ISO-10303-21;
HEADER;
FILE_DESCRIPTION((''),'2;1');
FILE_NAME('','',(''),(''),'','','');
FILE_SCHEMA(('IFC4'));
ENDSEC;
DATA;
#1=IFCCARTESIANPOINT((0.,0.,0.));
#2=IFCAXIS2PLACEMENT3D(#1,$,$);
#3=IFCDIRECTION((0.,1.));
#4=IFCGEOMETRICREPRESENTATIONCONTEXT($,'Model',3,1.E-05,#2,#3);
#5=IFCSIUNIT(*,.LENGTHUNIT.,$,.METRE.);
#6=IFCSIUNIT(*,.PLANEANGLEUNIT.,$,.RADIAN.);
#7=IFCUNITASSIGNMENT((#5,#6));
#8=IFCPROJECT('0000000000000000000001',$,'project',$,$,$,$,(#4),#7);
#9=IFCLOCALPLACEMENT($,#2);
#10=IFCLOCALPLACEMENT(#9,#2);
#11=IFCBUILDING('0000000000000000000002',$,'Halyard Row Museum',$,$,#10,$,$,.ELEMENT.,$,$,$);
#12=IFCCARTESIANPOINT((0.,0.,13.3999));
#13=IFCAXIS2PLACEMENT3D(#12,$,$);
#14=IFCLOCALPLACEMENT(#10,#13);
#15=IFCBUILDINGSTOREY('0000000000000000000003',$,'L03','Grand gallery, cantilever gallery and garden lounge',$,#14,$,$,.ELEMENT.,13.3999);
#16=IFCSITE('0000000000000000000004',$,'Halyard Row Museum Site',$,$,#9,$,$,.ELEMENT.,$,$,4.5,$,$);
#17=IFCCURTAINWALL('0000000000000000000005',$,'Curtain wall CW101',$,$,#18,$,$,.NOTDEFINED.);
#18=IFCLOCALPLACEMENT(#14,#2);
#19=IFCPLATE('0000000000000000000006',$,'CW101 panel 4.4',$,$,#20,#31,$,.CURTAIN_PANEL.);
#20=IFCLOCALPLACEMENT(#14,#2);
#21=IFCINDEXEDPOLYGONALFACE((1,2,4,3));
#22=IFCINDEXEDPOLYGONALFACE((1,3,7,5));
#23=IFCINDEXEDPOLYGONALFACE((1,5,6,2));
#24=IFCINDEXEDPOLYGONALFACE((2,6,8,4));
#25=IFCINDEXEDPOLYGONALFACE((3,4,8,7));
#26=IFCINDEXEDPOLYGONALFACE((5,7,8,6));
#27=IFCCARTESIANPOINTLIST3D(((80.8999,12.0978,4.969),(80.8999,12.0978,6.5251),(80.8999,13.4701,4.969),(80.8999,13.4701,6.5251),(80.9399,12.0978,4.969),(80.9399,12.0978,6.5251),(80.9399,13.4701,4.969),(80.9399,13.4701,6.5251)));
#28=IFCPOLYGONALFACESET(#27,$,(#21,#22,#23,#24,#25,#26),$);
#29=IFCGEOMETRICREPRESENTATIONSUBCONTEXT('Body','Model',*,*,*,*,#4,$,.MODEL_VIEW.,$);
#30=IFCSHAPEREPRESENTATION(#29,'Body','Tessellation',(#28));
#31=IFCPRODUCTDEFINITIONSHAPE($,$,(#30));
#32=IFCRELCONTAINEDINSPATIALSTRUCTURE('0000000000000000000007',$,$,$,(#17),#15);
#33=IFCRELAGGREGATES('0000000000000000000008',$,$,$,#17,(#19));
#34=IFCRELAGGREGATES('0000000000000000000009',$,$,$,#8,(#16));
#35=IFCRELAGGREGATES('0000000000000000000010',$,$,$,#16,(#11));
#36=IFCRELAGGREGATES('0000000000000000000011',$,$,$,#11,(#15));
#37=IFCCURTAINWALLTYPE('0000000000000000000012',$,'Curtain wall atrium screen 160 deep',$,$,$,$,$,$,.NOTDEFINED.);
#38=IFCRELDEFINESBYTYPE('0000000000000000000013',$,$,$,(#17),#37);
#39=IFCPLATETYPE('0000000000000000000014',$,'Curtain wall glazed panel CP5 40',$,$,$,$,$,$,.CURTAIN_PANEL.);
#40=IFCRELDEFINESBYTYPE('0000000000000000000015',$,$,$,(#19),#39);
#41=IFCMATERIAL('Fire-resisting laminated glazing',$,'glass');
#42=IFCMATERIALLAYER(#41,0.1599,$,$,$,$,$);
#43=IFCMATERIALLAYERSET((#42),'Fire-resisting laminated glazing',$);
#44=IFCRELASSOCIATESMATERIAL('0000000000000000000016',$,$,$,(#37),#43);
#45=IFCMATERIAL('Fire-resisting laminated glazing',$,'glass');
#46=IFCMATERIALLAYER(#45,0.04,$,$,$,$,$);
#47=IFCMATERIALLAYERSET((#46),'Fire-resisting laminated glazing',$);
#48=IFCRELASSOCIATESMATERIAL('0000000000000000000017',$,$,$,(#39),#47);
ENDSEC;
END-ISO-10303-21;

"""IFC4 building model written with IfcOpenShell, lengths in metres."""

from ifc_helpers import new_model, si_unit, direction, frame, origin, origin_2d, place, context, subcontext, project, spatial, rectangle, extrude, material, layer, layer_set, type_object, element, aggregate, save


model = new_model("IFC4")

# Units and contexts
model_context = context("Model", 3, precision=1e-05, world=origin(), true_north=direction((0.0, 1.0)))
body_context = subcontext(model_context, "Body", "Model", "MODEL_VIEW")
ifc_project = project(units=[si_unit("LENGTHUNIT", "METRE"), si_unit("PLANEANGLEUNIT", "RADIAN")], contexts=[model_context])

# Site, building, storey
site_placement = place(None, origin())
site = spatial("IfcSite", under=ifc_project, at=site_placement, Name="Halyard Row Museum Site", CompositionType="ELEMENT", RefElevation=4.5)
building_placement = place(site_placement, origin())
building = spatial("IfcBuilding", under=site, at=building_placement, Name="Halyard Row Museum", CompositionType="ELEMENT")
storey_placement = place(building_placement, frame((0.0, 0.0, 13.3999)))
storey = spatial("IfcBuildingStorey", under=building, at=storey_placement, Name="L03", Description="Grand gallery, cantilever gallery and garden lounge", CompositionType="ELEMENT", Elevation=13.3999)

# Curtain wall
ifc_material_1 = material(Name="Fire-resisting laminated glazing", Category="glass")
ifc_layer_1 = layer(ifc_material_1, 0.1599)
ifc_layer_set_1 = layer_set([ifc_layer_1], Name="Fire-resisting laminated glazing")
curtain_wall_type = type_object("IfcCurtainWallType", Name="Curtain wall atrium screen 160 deep", PredefinedType="NOTDEFINED", material=ifc_layer_set_1)
curtain_wall_1_placement = place(storey_placement, origin())
curtain_wall_1 = element("IfcCurtainWall", 1, at=curtain_wall_1_placement, inside=storey, type_object=curtain_wall_type, Name="Curtain wall CW101", PredefinedType="NOTDEFINED")

# Plate
ifc_material_2 = material(Name="Fire-resisting laminated glazing", Category="glass")
ifc_layer_2 = layer(ifc_material_2, 0.04)
ifc_layer_set_2 = layer_set([ifc_layer_2], Name="Fire-resisting laminated glazing")
plate_type = type_object("IfcPlateType", Name="Curtain wall glazed panel CP5 40", PredefinedType="CURTAIN_PANEL", material=ifc_layer_set_2)
plate_1_placement = place(storey_placement, frame((80.9199, 12.7839, 4.969), z_axis=(0.0, 0.0, 1.0), x_axis=(0.0, -1.0, 0.0)))
plate_1 = element("IfcPlate", 2, at=plate_1_placement, type_object=plate_type, Name="CW101 panel 4.4", PredefinedType="CURTAIN_PANEL", context=body_context, shape_type="SweptSolid", body=[
    extrude(rectangle(XDim=1.3723, YDim=0.04, at=origin_2d()), origin(), (0.0, 0.0, 1.0), 1.5562),
])
aggregate(curtain_wall_1, [plate_1])

save(model, "model.ifc")
